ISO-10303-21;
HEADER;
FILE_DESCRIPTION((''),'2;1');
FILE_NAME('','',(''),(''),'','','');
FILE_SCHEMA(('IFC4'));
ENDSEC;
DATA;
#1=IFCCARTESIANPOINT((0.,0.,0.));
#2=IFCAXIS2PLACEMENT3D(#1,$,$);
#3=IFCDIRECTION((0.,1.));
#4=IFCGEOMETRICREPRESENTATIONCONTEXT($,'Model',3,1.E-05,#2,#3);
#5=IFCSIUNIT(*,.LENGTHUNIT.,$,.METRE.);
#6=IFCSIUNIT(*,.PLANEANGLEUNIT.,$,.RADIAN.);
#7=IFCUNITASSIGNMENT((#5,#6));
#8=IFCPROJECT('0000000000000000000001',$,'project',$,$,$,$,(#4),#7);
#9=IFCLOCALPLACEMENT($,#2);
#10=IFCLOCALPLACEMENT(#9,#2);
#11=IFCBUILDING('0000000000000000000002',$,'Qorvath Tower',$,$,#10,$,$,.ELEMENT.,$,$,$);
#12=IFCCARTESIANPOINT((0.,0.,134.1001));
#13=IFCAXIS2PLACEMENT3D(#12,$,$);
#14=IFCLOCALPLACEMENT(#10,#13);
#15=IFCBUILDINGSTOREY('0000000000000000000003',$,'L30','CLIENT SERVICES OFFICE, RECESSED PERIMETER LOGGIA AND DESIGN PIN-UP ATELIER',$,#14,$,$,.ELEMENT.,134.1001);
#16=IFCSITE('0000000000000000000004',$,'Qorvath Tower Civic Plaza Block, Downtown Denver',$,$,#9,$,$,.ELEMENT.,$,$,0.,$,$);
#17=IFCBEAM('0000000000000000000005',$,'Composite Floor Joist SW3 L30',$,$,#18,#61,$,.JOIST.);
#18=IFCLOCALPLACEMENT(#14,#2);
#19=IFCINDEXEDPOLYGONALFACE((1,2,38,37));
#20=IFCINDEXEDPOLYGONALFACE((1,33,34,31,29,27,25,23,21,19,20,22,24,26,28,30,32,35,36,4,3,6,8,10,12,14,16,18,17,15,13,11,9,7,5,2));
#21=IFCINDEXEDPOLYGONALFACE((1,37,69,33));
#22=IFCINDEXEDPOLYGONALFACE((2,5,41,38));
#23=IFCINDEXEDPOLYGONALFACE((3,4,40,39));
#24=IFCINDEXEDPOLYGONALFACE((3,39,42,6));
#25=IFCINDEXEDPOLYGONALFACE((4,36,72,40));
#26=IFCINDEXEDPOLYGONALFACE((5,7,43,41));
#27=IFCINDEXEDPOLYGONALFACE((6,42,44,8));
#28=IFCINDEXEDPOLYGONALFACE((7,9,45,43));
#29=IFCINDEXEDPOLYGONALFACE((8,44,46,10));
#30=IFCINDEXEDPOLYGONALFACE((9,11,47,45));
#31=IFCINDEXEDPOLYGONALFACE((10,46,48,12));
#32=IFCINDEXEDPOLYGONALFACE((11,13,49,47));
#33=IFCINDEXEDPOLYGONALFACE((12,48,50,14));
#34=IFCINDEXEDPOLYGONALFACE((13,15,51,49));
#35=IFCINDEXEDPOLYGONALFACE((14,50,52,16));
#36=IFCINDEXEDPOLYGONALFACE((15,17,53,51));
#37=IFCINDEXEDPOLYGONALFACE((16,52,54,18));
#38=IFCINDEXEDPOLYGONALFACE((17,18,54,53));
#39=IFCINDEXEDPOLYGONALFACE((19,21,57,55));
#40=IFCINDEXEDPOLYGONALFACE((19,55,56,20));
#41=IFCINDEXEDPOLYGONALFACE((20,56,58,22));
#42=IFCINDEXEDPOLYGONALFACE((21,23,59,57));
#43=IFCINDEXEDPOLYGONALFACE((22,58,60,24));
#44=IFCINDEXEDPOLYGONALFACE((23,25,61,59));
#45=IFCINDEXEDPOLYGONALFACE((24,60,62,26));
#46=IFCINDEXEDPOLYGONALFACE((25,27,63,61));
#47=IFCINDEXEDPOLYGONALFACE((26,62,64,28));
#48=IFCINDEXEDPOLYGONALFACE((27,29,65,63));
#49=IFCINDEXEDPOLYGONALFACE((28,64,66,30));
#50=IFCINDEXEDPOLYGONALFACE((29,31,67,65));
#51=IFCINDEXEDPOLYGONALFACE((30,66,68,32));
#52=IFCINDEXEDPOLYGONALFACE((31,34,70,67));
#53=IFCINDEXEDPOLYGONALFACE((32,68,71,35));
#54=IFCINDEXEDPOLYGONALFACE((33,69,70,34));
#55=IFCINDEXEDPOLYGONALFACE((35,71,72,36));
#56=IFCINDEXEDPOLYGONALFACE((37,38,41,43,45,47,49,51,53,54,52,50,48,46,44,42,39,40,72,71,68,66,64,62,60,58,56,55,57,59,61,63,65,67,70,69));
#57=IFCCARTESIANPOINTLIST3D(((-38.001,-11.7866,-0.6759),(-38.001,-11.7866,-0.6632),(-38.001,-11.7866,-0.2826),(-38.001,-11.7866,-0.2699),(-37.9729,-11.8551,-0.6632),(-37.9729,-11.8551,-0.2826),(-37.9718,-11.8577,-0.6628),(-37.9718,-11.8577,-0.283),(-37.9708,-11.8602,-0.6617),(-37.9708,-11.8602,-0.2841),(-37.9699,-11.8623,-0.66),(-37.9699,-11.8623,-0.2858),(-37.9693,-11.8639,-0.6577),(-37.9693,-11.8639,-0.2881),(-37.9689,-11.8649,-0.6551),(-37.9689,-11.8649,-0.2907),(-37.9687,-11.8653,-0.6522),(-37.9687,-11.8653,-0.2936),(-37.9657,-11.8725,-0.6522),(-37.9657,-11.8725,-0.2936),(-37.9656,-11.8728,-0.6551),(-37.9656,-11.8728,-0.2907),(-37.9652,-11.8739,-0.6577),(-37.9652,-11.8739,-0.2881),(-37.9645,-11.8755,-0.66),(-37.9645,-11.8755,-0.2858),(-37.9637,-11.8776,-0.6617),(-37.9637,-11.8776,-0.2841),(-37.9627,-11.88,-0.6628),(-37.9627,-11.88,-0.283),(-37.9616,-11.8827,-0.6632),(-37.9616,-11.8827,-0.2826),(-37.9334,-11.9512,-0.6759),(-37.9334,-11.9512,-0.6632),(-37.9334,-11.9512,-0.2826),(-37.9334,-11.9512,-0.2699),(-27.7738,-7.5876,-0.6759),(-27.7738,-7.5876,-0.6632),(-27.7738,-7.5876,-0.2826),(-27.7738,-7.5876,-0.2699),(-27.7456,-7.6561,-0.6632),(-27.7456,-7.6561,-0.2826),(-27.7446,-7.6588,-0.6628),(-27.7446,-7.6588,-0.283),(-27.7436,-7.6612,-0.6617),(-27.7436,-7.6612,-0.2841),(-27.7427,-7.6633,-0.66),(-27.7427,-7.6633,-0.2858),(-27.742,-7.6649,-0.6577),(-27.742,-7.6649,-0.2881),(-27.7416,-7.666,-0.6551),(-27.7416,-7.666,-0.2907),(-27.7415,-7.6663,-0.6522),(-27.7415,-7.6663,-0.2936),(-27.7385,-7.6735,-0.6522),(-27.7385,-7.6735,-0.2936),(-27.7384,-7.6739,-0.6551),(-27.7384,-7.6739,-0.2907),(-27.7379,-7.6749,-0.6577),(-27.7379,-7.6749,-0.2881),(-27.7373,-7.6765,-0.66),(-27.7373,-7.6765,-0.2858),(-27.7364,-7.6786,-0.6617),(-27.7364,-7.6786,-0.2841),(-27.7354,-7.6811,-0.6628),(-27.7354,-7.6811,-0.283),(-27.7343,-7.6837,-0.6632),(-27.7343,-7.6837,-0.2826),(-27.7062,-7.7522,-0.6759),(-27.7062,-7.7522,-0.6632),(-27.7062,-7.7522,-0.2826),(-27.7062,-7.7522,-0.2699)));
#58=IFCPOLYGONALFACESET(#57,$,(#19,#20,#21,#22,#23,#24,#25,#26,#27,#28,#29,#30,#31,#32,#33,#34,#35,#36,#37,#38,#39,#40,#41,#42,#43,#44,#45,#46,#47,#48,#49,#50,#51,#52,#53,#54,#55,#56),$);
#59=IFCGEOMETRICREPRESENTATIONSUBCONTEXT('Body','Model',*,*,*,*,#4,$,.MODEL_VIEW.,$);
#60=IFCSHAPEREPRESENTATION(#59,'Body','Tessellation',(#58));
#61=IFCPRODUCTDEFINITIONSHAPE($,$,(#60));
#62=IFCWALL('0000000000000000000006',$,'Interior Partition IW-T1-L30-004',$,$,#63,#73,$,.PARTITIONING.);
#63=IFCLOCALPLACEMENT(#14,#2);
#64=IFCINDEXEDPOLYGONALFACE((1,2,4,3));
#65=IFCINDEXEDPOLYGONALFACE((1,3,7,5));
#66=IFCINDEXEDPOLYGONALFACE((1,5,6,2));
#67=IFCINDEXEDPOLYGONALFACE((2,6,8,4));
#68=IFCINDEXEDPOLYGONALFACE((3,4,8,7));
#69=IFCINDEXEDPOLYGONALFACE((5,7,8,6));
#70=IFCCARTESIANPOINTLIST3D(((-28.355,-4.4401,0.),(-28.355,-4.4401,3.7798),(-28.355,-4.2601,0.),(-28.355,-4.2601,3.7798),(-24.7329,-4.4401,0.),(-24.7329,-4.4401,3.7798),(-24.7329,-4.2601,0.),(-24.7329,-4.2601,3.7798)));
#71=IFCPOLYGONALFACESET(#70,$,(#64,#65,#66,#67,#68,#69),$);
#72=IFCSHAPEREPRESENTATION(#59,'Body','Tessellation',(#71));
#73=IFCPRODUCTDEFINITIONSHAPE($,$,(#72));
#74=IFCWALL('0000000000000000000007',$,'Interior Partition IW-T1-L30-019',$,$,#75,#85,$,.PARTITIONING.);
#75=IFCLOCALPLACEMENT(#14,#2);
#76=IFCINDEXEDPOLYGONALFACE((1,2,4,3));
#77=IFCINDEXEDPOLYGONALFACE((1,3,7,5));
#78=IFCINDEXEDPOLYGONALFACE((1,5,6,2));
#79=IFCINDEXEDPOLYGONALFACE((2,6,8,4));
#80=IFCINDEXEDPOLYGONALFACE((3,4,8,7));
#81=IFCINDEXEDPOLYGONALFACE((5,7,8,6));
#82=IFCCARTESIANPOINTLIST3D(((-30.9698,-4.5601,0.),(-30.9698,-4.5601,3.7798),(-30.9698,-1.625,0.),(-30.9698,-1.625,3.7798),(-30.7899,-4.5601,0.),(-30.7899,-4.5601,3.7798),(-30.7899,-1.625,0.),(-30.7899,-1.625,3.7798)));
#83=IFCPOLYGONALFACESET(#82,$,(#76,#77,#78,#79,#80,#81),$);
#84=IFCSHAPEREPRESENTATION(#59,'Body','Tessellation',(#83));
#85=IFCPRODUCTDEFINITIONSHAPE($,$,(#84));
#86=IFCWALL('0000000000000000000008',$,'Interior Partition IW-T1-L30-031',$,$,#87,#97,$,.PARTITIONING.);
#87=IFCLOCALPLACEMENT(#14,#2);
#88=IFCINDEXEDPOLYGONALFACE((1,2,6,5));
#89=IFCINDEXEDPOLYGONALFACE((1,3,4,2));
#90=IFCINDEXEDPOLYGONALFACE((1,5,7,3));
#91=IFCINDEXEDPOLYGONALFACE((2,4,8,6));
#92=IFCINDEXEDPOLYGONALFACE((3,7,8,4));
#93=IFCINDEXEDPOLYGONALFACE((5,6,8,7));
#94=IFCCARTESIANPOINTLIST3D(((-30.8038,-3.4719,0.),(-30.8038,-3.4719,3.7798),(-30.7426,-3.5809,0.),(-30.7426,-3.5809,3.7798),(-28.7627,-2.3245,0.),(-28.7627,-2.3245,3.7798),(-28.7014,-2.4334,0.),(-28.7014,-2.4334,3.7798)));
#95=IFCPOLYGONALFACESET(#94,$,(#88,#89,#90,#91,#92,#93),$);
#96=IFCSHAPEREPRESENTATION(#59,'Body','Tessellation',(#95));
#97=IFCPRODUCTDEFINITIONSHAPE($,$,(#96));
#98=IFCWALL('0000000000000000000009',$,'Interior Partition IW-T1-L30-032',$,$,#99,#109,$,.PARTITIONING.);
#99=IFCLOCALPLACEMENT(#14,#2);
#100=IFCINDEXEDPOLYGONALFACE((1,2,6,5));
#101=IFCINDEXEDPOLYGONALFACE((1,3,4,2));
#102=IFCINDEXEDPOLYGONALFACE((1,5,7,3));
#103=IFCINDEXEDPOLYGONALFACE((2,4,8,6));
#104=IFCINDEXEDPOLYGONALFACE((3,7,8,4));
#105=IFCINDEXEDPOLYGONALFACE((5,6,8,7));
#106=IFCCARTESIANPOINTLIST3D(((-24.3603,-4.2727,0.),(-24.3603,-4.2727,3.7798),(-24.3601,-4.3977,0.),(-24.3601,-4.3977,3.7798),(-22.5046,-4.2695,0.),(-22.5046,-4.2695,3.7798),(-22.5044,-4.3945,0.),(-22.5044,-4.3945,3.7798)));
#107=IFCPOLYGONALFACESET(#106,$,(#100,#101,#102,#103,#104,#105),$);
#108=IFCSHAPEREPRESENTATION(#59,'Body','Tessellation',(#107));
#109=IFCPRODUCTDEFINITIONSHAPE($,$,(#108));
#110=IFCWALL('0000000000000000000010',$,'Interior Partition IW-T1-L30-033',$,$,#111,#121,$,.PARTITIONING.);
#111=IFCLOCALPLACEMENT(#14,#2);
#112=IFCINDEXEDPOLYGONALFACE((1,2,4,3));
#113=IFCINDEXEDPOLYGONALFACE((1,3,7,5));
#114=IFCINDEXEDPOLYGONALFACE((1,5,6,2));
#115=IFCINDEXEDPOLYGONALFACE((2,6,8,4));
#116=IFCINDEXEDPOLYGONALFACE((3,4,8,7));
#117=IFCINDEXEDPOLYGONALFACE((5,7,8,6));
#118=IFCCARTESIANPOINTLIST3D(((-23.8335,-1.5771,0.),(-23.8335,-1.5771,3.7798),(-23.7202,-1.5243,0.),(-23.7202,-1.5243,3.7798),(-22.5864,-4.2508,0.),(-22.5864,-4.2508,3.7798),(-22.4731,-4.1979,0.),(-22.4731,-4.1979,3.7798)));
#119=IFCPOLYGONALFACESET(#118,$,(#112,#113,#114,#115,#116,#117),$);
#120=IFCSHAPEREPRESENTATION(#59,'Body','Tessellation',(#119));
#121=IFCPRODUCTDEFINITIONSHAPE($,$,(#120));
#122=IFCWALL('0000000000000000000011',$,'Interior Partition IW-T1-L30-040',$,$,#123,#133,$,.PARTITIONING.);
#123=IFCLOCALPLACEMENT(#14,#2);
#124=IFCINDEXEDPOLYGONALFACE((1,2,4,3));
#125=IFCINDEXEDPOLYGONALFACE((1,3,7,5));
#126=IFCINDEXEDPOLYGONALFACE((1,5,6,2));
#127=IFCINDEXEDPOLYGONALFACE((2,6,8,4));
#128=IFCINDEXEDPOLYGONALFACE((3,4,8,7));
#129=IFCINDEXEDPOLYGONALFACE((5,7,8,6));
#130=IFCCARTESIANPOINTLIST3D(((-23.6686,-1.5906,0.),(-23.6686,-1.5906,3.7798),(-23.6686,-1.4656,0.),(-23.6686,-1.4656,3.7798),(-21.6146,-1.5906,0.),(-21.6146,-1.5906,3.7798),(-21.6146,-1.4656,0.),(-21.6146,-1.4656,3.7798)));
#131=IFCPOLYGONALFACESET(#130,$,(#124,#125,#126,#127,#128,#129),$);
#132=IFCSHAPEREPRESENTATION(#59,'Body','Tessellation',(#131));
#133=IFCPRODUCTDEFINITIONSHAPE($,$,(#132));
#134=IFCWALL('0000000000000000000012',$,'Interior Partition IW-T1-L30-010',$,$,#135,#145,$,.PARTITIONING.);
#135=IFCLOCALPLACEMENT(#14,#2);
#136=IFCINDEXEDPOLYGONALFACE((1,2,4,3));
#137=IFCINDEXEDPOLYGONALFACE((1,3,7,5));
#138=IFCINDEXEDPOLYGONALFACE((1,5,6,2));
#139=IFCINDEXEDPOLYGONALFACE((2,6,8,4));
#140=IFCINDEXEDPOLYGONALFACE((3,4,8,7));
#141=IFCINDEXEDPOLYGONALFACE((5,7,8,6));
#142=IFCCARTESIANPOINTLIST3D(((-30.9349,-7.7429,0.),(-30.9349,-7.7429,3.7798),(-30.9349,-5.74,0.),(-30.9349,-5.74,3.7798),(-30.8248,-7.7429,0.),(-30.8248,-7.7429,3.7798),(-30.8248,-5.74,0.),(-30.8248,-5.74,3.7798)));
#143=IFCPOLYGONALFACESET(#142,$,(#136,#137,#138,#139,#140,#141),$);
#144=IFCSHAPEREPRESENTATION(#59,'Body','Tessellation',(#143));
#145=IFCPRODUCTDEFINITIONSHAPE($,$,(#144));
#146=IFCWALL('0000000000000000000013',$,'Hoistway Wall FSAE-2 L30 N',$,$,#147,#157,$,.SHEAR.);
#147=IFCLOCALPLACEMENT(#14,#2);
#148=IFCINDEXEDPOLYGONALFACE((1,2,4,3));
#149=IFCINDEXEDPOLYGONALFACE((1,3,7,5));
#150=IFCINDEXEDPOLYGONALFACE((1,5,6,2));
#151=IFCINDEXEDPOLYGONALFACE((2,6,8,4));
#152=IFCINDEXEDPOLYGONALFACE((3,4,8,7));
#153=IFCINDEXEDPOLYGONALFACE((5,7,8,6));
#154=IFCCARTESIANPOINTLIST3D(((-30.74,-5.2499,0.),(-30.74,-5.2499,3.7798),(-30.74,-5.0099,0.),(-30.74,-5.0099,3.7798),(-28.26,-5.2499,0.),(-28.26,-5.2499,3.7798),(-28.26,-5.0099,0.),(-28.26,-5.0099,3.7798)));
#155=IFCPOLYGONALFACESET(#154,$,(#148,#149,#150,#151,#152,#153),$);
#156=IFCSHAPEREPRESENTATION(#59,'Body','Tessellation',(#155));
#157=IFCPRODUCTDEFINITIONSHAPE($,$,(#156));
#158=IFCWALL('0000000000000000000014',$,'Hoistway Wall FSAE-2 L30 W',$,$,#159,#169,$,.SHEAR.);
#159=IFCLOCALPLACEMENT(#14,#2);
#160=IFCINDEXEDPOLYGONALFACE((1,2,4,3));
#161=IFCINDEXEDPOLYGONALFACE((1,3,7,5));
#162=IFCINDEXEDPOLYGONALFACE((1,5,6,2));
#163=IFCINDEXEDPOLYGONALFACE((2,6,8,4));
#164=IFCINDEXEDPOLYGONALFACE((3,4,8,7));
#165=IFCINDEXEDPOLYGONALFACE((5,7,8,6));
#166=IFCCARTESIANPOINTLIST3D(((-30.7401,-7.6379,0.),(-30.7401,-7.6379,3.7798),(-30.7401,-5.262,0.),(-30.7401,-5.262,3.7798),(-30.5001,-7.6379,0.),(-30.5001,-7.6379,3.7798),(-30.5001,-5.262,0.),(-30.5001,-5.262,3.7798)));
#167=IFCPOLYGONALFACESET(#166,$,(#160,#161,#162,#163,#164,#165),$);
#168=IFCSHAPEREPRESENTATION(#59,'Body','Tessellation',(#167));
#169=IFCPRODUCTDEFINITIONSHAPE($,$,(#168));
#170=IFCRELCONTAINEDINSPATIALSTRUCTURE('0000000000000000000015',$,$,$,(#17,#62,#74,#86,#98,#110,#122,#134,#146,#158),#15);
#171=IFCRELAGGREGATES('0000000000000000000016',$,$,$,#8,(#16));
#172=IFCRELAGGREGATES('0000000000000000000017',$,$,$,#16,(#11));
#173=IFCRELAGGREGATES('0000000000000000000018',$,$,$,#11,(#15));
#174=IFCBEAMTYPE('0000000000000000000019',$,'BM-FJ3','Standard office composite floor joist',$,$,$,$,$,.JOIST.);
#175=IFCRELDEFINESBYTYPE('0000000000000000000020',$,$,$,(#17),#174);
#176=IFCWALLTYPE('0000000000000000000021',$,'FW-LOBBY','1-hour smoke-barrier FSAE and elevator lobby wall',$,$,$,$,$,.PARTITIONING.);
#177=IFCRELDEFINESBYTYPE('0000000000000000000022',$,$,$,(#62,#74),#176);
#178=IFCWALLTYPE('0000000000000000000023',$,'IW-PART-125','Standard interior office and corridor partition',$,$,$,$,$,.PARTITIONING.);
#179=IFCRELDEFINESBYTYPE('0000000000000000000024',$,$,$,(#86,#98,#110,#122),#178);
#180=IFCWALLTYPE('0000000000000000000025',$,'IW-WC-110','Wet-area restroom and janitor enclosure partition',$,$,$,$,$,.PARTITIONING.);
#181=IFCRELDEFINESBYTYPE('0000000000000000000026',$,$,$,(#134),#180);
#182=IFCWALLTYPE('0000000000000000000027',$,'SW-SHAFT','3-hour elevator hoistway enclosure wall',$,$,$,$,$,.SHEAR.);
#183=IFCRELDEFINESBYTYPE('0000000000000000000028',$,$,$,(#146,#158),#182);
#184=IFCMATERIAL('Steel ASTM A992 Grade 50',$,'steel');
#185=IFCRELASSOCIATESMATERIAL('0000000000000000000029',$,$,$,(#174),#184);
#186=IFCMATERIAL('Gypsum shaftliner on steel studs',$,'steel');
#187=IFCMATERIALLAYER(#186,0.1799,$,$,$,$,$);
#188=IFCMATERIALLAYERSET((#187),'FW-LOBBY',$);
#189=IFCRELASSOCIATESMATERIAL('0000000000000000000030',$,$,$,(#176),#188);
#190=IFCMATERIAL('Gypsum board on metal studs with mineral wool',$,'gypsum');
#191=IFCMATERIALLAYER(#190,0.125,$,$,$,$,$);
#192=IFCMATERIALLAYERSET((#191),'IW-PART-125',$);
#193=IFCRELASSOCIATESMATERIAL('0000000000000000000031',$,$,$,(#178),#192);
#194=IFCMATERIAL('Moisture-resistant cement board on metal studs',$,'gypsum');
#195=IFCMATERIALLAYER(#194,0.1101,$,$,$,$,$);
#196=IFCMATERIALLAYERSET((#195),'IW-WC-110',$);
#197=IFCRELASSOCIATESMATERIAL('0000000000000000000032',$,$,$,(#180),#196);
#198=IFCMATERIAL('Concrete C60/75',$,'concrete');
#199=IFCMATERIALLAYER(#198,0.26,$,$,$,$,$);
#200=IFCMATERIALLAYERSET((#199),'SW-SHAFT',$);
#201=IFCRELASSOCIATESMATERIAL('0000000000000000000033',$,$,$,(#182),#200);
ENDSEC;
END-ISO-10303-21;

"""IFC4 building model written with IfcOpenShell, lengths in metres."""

from ifc_helpers import new_model, si_unit, direction, frame, frame_2d, origin, origin_2d, place, context, subcontext, project, spatial, rectangle, i_section, extrude, material, layer, layer_set, material_profile, profile_set, type_object, element, save


model = new_model("IFC4")

# Units and contexts
model_context = context("Model", 3, precision=1e-05, world=origin(), true_north=direction((0.0, 1.0)))
body_context = subcontext(model_context, "Body", "Model", "MODEL_VIEW")
ifc_project = project(units=[si_unit("LENGTHUNIT", "METRE"), si_unit("PLANEANGLEUNIT", "RADIAN")], contexts=[model_context])

# Site, building, storey
site_placement = place(None, origin())
site = spatial("IfcSite", under=ifc_project, at=site_placement, Name="Qorvath Tower Civic Plaza Block, Downtown Denver", CompositionType="ELEMENT", RefElevation=0.0)
building_placement = place(site_placement, origin())
building = spatial("IfcBuilding", under=site, at=building_placement, Name="Qorvath Tower", CompositionType="ELEMENT")
storey_placement = place(building_placement, frame((0.0, 0.0, 134.1001)))
storey = spatial("IfcBuildingStorey", under=building, at=storey_placement, Name="L30", Description="CLIENT SERVICES OFFICE, RECESSED PERIMETER LOGGIA AND DESIGN PIN-UP ATELIER", CompositionType="ELEMENT", Elevation=134.1001)

# Beam
ifc_material_1 = material(Name="Steel ASTM A992 Grade 50", Category="steel")
ifc_material_profile_1 = material_profile(ifc_material_1, i_section(OverallWidth=0.178, OverallDepth=0.406, WebThickness=0.0078, FlangeThickness=0.0127, FilletRadius=0.011, at=origin_2d()), Name="W16x40")
ifc_profile_set_1 = profile_set([ifc_material_profile_1], Name="Steel ASTM A992 Grade 50")
beam_type_1 = type_object("IfcBeamType", Name="BM-FJ3", Description="Standard office composite floor joist", PredefinedType="JOIST", material=ifc_profile_set_1)
beam_1_placement = place(storey_placement, frame((-27.74, -7.6699, -0.4729), z_axis=(-0.925068, -0.379801, 0.0), x_axis=(0.379801, -0.925068, 0.0)))
element("IfcBeam", 1, at=beam_1_placement, inside=storey, type_object=beam_type_1, Name="Composite Floor Joist SW3 L30", PredefinedType="JOIST", context=body_context, shape_type="SweptSolid", body=[
    extrude(i_section(OverallWidth=0.178, OverallDepth=0.406, WebThickness=0.0078, FlangeThickness=0.0127, FilletRadius=0.011, at=origin_2d()), origin(), (0.0, 0.0, 1.0), 11.0557),
])

# Walls
ifc_material_2 = material(Name="Gypsum shaftliner on steel studs", Category="steel")
ifc_layer_1 = layer(ifc_material_2, 0.1799)
ifc_layer_set_1 = layer_set([ifc_layer_1], Name="FW-LOBBY")
wall_type_1 = type_object("IfcWallType", Name="FW-LOBBY", Description="1-hour smoke-barrier FSAE and elevator lobby wall", PredefinedType="PARTITIONING", material=ifc_layer_set_1)
wall_1_placement = place(storey_placement, frame((-24.7329, -4.3501, 0.0), z_axis=(0.0, 0.0, 1.0), x_axis=(-1.0, 0.0, 0.0)))
element("IfcWall", 2, at=wall_1_placement, inside=storey, type_object=wall_type_1, Name="Interior Partition IW-T1-L30-004", PredefinedType="PARTITIONING", context=body_context, shape_type="SweptSolid", body=[
    extrude(rectangle(XDim=3.6221, YDim=0.1799, at=frame_2d((1.811, 0.0))), origin(), (0.0, 0.0, 1.0), 3.7798),
])
wall_2_placement = place(storey_placement, frame((-30.8799, -4.5601, 0.0), z_axis=(0.0, 0.0, 1.0), x_axis=(0.0, 1.0, 0.0)))
element("IfcWall", 3, at=wall_2_placement, inside=storey, type_object=wall_type_1, Name="Interior Partition IW-T1-L30-019", PredefinedType="PARTITIONING", context=body_context, shape_type="SweptSolid", body=[
    extrude(rectangle(XDim=2.9351, YDim=0.1799, at=frame_2d((1.4675, 0.0))), origin(), (0.0, 0.0, 1.0), 3.7798),
])

# Shared definitions
ifc_material_3 = material(Name="Gypsum board on metal studs with mineral wool", Category="gypsum")
ifc_layer_2 = layer(ifc_material_3, 0.125)
ifc_layer_set_2 = layer_set([ifc_layer_2], Name="IW-PART-125")
wall_type_2 = type_object("IfcWallType", Name="IW-PART-125", Description="Standard interior office and corridor partition", PredefinedType="PARTITIONING", material=ifc_layer_set_2)

# Walls
wall_3_placement = place(storey_placement, frame((-28.7319, -2.3789, 0.0), z_axis=(0.0, 0.0, 1.0), x_axis=(-0.871712, -0.490019, 0.0)))
element("IfcWall", 4, at=wall_3_placement, inside=storey, type_object=wall_type_2, Name="Interior Partition IW-T1-L30-031", PredefinedType="PARTITIONING", context=body_context, shape_type="SweptSolid", body=[
    extrude(rectangle(XDim=2.3416, YDim=0.125, at=frame_2d((1.1709, 0.0))), origin(), (0.0, 0.0, 1.0), 3.7798),
])
wall_4_placement = place(storey_placement, frame((-24.3601, -4.3352, 0.0), z_axis=(0.0, 0.0, 1.0), x_axis=(0.999999, 0.00171, 0.0)))
element("IfcWall", 5, at=wall_4_placement, inside=storey, type_object=wall_type_2, Name="Interior Partition IW-T1-L30-032", PredefinedType="PARTITIONING", context=body_context, shape_type="SweptSolid", body=[
    extrude(rectangle(XDim=1.8557, YDim=0.125, at=frame_2d((0.9277, 0.0))), origin(), (0.0, 0.0, 1.0), 3.7798),
])
wall_5_placement = place(storey_placement, frame((-22.5298, -4.2244, 0.0), z_axis=(0.0, 0.0, 1.0), x_axis=(-0.422718, 0.906261, 0.0)))
element("IfcWall", 6, at=wall_5_placement, inside=storey, type_object=wall_type_2, Name="Interior Partition IW-T1-L30-033", PredefinedType="PARTITIONING", context=body_context, shape_type="SweptSolid", body=[
    extrude(rectangle(XDim=2.9502, YDim=0.125, at=frame_2d((1.4751, 0.0))), origin(), (0.0, 0.0, 1.0), 3.7798),
])
wall_6_placement = place(storey_placement, frame((-21.6147, -1.5281, 0.0), z_axis=(0.0, 0.0, 1.0), x_axis=(-1.0, 0.0, 0.0)))
element("IfcWall", 7, at=wall_6_placement, inside=storey, type_object=wall_type_2, Name="Interior Partition IW-T1-L30-040", PredefinedType="PARTITIONING", context=body_context, shape_type="SweptSolid", body=[
    extrude(rectangle(XDim=2.054, YDim=0.125, at=frame_2d((1.0269, 0.0))), origin(), (0.0, 0.0, 1.0), 3.7798),
])
ifc_material_4 = material(Name="Moisture-resistant cement board on metal studs", Category="gypsum")
ifc_layer_3 = layer(ifc_material_4, 0.1101)
ifc_layer_set_3 = layer_set([ifc_layer_3], Name="IW-WC-110")
wall_type_3 = type_object("IfcWallType", Name="IW-WC-110", Description="Wet-area restroom and janitor enclosure partition", PredefinedType="PARTITIONING", material=ifc_layer_set_3)
wall_7_placement = place(storey_placement, frame((-30.8799, -7.7429, 0.0), z_axis=(0.0, 0.0, 1.0), x_axis=(0.0, 1.0, 0.0)))
element("IfcWall", 8, at=wall_7_placement, inside=storey, type_object=wall_type_3, Name="Interior Partition IW-T1-L30-010", PredefinedType="PARTITIONING", context=body_context, shape_type="SweptSolid", body=[
    extrude(rectangle(XDim=2.0029, YDim=0.1101, at=frame_2d((1.0015, 0.0))), origin(), (0.0, 0.0, 1.0), 3.7798),
])
ifc_material_5 = material(Name="Concrete C60/75", Category="concrete")
ifc_layer_4 = layer(ifc_material_5, 0.26)
ifc_layer_set_4 = layer_set([ifc_layer_4], Name="SW-SHAFT")
wall_type_4 = type_object("IfcWallType", Name="SW-SHAFT", Description="3-hour elevator hoistway enclosure wall", PredefinedType="SHEAR", material=ifc_layer_set_4)
wall_8_placement = place(storey_placement, frame((-30.74, -5.1299, 0.0), z_axis=(0.0, 0.0, 1.0), x_axis=(1.0, 0.0, 0.0)))
element("IfcWall", 9, at=wall_8_placement, inside=storey, type_object=wall_type_4, Name="Hoistway Wall FSAE-2 L30 N", PredefinedType="SHEAR", context=body_context, shape_type="SweptSolid", body=[
    extrude(rectangle(XDim=2.48, YDim=0.24, at=frame_2d((1.24, 0.0))), origin(), (0.0, 0.0, 1.0), 3.7798),
])
wall_9_placement = place(storey_placement, frame((-30.6201, -7.6379, 0.0), z_axis=(0.0, 0.0, 1.0), x_axis=(0.0, 1.0, 0.0)))
element("IfcWall", 10, at=wall_9_placement, inside=storey, type_object=wall_type_4, Name="Hoistway Wall FSAE-2 L30 W", PredefinedType="SHEAR", context=body_context, shape_type="SweptSolid", body=[
    extrude(rectangle(XDim=2.376, YDim=0.24, at=frame_2d((1.188, 0.0))), origin(), (0.0, 0.0, 1.0), 3.7798),
])

save(model, "model.ifc")
